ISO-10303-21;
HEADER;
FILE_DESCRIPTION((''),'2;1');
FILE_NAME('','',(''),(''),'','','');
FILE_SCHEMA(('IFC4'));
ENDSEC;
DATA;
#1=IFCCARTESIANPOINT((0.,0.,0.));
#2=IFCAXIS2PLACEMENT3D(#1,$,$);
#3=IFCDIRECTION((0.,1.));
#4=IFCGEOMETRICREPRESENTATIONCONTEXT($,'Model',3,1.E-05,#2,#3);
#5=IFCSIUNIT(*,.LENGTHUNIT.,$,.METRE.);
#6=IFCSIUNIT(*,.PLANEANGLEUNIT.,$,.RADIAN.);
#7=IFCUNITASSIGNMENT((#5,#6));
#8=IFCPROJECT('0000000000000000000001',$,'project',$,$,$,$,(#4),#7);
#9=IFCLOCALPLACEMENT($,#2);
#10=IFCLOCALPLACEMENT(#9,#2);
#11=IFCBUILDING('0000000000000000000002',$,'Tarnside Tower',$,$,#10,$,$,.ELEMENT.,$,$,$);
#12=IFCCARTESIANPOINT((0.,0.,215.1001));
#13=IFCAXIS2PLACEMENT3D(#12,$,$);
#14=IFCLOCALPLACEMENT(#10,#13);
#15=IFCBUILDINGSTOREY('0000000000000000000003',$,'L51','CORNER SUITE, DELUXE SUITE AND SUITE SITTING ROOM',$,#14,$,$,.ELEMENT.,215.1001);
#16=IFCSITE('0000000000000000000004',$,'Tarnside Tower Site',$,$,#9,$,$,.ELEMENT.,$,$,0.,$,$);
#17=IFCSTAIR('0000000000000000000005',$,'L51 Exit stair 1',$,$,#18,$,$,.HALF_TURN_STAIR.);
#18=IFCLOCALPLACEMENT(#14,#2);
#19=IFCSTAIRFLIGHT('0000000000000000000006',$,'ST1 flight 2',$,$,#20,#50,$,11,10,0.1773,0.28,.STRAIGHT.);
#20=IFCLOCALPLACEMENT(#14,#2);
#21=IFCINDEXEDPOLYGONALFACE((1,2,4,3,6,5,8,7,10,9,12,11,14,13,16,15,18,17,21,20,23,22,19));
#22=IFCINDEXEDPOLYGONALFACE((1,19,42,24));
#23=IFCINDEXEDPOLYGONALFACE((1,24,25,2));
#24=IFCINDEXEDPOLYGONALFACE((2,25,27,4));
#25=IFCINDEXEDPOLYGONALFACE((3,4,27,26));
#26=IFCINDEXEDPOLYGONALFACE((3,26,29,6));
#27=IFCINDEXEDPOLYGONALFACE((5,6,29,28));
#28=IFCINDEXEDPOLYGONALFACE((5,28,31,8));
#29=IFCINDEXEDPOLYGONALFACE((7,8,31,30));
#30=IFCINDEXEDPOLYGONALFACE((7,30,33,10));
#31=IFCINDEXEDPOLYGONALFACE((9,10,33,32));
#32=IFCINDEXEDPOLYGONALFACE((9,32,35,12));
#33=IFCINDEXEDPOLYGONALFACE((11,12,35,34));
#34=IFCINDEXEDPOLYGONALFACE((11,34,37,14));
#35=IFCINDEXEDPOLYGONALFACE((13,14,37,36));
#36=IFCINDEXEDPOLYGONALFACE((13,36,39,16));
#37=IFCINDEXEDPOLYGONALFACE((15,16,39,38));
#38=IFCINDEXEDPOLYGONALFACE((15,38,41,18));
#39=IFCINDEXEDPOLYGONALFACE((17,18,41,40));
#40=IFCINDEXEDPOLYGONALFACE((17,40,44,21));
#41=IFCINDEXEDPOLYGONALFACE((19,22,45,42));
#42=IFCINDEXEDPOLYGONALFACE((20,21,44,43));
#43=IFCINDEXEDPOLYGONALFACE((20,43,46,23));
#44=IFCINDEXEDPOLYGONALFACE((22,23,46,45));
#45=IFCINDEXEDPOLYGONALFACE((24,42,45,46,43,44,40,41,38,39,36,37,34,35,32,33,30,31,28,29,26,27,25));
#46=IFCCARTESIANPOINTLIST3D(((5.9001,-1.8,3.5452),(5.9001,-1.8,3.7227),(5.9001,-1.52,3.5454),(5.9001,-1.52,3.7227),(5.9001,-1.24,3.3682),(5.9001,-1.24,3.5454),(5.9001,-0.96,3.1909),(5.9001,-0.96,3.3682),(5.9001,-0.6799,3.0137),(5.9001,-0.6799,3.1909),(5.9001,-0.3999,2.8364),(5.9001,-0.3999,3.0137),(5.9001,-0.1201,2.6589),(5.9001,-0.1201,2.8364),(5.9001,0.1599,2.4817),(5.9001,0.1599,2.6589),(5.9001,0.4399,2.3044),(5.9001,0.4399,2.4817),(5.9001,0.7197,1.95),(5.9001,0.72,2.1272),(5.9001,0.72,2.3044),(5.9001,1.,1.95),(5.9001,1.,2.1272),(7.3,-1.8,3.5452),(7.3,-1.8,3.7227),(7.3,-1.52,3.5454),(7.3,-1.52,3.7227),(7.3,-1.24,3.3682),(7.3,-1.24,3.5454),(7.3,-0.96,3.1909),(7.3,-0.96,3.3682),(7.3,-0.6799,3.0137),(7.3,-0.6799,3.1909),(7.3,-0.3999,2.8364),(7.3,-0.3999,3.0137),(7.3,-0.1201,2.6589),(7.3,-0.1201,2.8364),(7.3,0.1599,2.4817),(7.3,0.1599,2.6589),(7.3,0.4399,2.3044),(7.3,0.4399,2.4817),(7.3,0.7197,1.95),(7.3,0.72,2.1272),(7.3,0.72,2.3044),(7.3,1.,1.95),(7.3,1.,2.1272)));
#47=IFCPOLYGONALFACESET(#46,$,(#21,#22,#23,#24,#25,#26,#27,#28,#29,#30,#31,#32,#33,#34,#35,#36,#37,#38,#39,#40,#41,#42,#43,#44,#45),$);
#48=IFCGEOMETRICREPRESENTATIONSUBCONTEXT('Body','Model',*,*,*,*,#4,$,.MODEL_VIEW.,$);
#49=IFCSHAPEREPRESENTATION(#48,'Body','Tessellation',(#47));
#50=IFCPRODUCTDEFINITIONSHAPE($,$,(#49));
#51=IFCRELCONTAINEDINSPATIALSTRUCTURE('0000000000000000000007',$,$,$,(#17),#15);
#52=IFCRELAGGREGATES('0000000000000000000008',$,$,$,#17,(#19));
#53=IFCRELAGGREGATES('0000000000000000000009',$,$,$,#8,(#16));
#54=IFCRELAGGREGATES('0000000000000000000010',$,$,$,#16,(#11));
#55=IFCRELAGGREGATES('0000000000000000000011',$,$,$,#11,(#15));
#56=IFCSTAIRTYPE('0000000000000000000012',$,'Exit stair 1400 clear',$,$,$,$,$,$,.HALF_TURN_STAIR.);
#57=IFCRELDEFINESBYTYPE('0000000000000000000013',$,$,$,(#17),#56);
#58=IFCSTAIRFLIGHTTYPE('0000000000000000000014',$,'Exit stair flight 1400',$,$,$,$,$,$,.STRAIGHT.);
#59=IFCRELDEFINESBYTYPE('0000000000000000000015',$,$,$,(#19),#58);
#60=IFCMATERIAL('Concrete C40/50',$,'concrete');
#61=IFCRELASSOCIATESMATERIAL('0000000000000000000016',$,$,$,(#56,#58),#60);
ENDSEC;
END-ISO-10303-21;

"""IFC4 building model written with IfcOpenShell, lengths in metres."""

from ifc_helpers import new_model, si_unit, direction, frame, origin, place, context, subcontext, project, spatial, polyline, outline, extrude, material, type_object, element, aggregate, save


model = new_model("IFC4")

# Units and contexts
model_context = context("Model", 3, precision=1e-05, world=origin(), true_north=direction((0.0, 1.0)))
body_context = subcontext(model_context, "Body", "Model", "MODEL_VIEW")
ifc_project = project(units=[si_unit("LENGTHUNIT", "METRE"), si_unit("PLANEANGLEUNIT", "RADIAN")], contexts=[model_context])

# Site, building, storey
site_placement = place(None, origin())
site = spatial("IfcSite", under=ifc_project, at=site_placement, Name="Tarnside Tower Site", CompositionType="ELEMENT", RefElevation=0.0)
building_placement = place(site_placement, origin())
building = spatial("IfcBuilding", under=site, at=building_placement, Name="Tarnside Tower", CompositionType="ELEMENT")
storey_placement = place(building_placement, frame((0.0, 0.0, 215.1001)))
storey = spatial("IfcBuildingStorey", under=building, at=storey_placement, Name="L51", Description="CORNER SUITE, DELUXE SUITE AND SUITE SITTING ROOM", CompositionType="ELEMENT", Elevation=215.1001)

# Shared definitions
ifc_material_1 = material(Name="Concrete C40/50", Category="concrete")

# Stair, stair flight
stair_type = type_object("IfcStairType", Name="Exit stair 1400 clear", PredefinedType="HALF_TURN_STAIR", material=ifc_material_1)
stair_placement = place(storey_placement, origin())
stair = element("IfcStair", 1, at=stair_placement, inside=storey, type_object=stair_type, Name="L51 Exit stair 1", PredefinedType="HALF_TURN_STAIR")
stair_flight_type = type_object("IfcStairFlightType", Name="Exit stair flight 1400", PredefinedType="STRAIGHT", material=ifc_material_1)
stair_flight_placement = place(storey_placement, frame((6.6001, 1.0, 1.95), z_axis=(0.0, 0.0, 1.0), x_axis=(0.0, -1.0, 0.0)))
stair_flight = element("IfcStairFlight", 2, at=stair_flight_placement, type_object=stair_flight_type, Name="ST1 flight 2", NumberOfRisers=11, NumberOfTreads=10, PredefinedType="STRAIGHT", RiserHeight=0.1773, TreadLength=0.28, context=body_context, shape_type="SweptSolid", body=[
    extrude(outline(polyline([(0.0, 0.0), (0.0, 0.1772), (0.28, 0.1772), (0.28, 0.3545), (0.5601, 0.3545), (0.5601, 0.5317), (0.8401, 0.5317), (0.8401, 0.709), (1.1201, 0.709), (1.1201, 0.8865), (1.3999, 0.8865), (1.3999, 1.0637), (1.6799, 1.0637), (1.6799, 1.241), (1.96, 1.241), (1.96, 1.4182), (2.24, 1.4182), (2.24, 1.5955), (2.52, 1.5955), (2.52, 1.7727), (2.8, 1.7727), (2.8, 1.95), (2.8, 1.5952), (0.2803, 0.0), (0.0, 0.0)])), frame((0.0, 0.7, 0.0), z_axis=(0.0, -1.0, 0.0), x_axis=(1.0, 0.0, 0.0)), (0.0, 0.0, 1.0), 1.3999),
])
aggregate(stair, [stair_flight])

save(model, "model.ifc")
